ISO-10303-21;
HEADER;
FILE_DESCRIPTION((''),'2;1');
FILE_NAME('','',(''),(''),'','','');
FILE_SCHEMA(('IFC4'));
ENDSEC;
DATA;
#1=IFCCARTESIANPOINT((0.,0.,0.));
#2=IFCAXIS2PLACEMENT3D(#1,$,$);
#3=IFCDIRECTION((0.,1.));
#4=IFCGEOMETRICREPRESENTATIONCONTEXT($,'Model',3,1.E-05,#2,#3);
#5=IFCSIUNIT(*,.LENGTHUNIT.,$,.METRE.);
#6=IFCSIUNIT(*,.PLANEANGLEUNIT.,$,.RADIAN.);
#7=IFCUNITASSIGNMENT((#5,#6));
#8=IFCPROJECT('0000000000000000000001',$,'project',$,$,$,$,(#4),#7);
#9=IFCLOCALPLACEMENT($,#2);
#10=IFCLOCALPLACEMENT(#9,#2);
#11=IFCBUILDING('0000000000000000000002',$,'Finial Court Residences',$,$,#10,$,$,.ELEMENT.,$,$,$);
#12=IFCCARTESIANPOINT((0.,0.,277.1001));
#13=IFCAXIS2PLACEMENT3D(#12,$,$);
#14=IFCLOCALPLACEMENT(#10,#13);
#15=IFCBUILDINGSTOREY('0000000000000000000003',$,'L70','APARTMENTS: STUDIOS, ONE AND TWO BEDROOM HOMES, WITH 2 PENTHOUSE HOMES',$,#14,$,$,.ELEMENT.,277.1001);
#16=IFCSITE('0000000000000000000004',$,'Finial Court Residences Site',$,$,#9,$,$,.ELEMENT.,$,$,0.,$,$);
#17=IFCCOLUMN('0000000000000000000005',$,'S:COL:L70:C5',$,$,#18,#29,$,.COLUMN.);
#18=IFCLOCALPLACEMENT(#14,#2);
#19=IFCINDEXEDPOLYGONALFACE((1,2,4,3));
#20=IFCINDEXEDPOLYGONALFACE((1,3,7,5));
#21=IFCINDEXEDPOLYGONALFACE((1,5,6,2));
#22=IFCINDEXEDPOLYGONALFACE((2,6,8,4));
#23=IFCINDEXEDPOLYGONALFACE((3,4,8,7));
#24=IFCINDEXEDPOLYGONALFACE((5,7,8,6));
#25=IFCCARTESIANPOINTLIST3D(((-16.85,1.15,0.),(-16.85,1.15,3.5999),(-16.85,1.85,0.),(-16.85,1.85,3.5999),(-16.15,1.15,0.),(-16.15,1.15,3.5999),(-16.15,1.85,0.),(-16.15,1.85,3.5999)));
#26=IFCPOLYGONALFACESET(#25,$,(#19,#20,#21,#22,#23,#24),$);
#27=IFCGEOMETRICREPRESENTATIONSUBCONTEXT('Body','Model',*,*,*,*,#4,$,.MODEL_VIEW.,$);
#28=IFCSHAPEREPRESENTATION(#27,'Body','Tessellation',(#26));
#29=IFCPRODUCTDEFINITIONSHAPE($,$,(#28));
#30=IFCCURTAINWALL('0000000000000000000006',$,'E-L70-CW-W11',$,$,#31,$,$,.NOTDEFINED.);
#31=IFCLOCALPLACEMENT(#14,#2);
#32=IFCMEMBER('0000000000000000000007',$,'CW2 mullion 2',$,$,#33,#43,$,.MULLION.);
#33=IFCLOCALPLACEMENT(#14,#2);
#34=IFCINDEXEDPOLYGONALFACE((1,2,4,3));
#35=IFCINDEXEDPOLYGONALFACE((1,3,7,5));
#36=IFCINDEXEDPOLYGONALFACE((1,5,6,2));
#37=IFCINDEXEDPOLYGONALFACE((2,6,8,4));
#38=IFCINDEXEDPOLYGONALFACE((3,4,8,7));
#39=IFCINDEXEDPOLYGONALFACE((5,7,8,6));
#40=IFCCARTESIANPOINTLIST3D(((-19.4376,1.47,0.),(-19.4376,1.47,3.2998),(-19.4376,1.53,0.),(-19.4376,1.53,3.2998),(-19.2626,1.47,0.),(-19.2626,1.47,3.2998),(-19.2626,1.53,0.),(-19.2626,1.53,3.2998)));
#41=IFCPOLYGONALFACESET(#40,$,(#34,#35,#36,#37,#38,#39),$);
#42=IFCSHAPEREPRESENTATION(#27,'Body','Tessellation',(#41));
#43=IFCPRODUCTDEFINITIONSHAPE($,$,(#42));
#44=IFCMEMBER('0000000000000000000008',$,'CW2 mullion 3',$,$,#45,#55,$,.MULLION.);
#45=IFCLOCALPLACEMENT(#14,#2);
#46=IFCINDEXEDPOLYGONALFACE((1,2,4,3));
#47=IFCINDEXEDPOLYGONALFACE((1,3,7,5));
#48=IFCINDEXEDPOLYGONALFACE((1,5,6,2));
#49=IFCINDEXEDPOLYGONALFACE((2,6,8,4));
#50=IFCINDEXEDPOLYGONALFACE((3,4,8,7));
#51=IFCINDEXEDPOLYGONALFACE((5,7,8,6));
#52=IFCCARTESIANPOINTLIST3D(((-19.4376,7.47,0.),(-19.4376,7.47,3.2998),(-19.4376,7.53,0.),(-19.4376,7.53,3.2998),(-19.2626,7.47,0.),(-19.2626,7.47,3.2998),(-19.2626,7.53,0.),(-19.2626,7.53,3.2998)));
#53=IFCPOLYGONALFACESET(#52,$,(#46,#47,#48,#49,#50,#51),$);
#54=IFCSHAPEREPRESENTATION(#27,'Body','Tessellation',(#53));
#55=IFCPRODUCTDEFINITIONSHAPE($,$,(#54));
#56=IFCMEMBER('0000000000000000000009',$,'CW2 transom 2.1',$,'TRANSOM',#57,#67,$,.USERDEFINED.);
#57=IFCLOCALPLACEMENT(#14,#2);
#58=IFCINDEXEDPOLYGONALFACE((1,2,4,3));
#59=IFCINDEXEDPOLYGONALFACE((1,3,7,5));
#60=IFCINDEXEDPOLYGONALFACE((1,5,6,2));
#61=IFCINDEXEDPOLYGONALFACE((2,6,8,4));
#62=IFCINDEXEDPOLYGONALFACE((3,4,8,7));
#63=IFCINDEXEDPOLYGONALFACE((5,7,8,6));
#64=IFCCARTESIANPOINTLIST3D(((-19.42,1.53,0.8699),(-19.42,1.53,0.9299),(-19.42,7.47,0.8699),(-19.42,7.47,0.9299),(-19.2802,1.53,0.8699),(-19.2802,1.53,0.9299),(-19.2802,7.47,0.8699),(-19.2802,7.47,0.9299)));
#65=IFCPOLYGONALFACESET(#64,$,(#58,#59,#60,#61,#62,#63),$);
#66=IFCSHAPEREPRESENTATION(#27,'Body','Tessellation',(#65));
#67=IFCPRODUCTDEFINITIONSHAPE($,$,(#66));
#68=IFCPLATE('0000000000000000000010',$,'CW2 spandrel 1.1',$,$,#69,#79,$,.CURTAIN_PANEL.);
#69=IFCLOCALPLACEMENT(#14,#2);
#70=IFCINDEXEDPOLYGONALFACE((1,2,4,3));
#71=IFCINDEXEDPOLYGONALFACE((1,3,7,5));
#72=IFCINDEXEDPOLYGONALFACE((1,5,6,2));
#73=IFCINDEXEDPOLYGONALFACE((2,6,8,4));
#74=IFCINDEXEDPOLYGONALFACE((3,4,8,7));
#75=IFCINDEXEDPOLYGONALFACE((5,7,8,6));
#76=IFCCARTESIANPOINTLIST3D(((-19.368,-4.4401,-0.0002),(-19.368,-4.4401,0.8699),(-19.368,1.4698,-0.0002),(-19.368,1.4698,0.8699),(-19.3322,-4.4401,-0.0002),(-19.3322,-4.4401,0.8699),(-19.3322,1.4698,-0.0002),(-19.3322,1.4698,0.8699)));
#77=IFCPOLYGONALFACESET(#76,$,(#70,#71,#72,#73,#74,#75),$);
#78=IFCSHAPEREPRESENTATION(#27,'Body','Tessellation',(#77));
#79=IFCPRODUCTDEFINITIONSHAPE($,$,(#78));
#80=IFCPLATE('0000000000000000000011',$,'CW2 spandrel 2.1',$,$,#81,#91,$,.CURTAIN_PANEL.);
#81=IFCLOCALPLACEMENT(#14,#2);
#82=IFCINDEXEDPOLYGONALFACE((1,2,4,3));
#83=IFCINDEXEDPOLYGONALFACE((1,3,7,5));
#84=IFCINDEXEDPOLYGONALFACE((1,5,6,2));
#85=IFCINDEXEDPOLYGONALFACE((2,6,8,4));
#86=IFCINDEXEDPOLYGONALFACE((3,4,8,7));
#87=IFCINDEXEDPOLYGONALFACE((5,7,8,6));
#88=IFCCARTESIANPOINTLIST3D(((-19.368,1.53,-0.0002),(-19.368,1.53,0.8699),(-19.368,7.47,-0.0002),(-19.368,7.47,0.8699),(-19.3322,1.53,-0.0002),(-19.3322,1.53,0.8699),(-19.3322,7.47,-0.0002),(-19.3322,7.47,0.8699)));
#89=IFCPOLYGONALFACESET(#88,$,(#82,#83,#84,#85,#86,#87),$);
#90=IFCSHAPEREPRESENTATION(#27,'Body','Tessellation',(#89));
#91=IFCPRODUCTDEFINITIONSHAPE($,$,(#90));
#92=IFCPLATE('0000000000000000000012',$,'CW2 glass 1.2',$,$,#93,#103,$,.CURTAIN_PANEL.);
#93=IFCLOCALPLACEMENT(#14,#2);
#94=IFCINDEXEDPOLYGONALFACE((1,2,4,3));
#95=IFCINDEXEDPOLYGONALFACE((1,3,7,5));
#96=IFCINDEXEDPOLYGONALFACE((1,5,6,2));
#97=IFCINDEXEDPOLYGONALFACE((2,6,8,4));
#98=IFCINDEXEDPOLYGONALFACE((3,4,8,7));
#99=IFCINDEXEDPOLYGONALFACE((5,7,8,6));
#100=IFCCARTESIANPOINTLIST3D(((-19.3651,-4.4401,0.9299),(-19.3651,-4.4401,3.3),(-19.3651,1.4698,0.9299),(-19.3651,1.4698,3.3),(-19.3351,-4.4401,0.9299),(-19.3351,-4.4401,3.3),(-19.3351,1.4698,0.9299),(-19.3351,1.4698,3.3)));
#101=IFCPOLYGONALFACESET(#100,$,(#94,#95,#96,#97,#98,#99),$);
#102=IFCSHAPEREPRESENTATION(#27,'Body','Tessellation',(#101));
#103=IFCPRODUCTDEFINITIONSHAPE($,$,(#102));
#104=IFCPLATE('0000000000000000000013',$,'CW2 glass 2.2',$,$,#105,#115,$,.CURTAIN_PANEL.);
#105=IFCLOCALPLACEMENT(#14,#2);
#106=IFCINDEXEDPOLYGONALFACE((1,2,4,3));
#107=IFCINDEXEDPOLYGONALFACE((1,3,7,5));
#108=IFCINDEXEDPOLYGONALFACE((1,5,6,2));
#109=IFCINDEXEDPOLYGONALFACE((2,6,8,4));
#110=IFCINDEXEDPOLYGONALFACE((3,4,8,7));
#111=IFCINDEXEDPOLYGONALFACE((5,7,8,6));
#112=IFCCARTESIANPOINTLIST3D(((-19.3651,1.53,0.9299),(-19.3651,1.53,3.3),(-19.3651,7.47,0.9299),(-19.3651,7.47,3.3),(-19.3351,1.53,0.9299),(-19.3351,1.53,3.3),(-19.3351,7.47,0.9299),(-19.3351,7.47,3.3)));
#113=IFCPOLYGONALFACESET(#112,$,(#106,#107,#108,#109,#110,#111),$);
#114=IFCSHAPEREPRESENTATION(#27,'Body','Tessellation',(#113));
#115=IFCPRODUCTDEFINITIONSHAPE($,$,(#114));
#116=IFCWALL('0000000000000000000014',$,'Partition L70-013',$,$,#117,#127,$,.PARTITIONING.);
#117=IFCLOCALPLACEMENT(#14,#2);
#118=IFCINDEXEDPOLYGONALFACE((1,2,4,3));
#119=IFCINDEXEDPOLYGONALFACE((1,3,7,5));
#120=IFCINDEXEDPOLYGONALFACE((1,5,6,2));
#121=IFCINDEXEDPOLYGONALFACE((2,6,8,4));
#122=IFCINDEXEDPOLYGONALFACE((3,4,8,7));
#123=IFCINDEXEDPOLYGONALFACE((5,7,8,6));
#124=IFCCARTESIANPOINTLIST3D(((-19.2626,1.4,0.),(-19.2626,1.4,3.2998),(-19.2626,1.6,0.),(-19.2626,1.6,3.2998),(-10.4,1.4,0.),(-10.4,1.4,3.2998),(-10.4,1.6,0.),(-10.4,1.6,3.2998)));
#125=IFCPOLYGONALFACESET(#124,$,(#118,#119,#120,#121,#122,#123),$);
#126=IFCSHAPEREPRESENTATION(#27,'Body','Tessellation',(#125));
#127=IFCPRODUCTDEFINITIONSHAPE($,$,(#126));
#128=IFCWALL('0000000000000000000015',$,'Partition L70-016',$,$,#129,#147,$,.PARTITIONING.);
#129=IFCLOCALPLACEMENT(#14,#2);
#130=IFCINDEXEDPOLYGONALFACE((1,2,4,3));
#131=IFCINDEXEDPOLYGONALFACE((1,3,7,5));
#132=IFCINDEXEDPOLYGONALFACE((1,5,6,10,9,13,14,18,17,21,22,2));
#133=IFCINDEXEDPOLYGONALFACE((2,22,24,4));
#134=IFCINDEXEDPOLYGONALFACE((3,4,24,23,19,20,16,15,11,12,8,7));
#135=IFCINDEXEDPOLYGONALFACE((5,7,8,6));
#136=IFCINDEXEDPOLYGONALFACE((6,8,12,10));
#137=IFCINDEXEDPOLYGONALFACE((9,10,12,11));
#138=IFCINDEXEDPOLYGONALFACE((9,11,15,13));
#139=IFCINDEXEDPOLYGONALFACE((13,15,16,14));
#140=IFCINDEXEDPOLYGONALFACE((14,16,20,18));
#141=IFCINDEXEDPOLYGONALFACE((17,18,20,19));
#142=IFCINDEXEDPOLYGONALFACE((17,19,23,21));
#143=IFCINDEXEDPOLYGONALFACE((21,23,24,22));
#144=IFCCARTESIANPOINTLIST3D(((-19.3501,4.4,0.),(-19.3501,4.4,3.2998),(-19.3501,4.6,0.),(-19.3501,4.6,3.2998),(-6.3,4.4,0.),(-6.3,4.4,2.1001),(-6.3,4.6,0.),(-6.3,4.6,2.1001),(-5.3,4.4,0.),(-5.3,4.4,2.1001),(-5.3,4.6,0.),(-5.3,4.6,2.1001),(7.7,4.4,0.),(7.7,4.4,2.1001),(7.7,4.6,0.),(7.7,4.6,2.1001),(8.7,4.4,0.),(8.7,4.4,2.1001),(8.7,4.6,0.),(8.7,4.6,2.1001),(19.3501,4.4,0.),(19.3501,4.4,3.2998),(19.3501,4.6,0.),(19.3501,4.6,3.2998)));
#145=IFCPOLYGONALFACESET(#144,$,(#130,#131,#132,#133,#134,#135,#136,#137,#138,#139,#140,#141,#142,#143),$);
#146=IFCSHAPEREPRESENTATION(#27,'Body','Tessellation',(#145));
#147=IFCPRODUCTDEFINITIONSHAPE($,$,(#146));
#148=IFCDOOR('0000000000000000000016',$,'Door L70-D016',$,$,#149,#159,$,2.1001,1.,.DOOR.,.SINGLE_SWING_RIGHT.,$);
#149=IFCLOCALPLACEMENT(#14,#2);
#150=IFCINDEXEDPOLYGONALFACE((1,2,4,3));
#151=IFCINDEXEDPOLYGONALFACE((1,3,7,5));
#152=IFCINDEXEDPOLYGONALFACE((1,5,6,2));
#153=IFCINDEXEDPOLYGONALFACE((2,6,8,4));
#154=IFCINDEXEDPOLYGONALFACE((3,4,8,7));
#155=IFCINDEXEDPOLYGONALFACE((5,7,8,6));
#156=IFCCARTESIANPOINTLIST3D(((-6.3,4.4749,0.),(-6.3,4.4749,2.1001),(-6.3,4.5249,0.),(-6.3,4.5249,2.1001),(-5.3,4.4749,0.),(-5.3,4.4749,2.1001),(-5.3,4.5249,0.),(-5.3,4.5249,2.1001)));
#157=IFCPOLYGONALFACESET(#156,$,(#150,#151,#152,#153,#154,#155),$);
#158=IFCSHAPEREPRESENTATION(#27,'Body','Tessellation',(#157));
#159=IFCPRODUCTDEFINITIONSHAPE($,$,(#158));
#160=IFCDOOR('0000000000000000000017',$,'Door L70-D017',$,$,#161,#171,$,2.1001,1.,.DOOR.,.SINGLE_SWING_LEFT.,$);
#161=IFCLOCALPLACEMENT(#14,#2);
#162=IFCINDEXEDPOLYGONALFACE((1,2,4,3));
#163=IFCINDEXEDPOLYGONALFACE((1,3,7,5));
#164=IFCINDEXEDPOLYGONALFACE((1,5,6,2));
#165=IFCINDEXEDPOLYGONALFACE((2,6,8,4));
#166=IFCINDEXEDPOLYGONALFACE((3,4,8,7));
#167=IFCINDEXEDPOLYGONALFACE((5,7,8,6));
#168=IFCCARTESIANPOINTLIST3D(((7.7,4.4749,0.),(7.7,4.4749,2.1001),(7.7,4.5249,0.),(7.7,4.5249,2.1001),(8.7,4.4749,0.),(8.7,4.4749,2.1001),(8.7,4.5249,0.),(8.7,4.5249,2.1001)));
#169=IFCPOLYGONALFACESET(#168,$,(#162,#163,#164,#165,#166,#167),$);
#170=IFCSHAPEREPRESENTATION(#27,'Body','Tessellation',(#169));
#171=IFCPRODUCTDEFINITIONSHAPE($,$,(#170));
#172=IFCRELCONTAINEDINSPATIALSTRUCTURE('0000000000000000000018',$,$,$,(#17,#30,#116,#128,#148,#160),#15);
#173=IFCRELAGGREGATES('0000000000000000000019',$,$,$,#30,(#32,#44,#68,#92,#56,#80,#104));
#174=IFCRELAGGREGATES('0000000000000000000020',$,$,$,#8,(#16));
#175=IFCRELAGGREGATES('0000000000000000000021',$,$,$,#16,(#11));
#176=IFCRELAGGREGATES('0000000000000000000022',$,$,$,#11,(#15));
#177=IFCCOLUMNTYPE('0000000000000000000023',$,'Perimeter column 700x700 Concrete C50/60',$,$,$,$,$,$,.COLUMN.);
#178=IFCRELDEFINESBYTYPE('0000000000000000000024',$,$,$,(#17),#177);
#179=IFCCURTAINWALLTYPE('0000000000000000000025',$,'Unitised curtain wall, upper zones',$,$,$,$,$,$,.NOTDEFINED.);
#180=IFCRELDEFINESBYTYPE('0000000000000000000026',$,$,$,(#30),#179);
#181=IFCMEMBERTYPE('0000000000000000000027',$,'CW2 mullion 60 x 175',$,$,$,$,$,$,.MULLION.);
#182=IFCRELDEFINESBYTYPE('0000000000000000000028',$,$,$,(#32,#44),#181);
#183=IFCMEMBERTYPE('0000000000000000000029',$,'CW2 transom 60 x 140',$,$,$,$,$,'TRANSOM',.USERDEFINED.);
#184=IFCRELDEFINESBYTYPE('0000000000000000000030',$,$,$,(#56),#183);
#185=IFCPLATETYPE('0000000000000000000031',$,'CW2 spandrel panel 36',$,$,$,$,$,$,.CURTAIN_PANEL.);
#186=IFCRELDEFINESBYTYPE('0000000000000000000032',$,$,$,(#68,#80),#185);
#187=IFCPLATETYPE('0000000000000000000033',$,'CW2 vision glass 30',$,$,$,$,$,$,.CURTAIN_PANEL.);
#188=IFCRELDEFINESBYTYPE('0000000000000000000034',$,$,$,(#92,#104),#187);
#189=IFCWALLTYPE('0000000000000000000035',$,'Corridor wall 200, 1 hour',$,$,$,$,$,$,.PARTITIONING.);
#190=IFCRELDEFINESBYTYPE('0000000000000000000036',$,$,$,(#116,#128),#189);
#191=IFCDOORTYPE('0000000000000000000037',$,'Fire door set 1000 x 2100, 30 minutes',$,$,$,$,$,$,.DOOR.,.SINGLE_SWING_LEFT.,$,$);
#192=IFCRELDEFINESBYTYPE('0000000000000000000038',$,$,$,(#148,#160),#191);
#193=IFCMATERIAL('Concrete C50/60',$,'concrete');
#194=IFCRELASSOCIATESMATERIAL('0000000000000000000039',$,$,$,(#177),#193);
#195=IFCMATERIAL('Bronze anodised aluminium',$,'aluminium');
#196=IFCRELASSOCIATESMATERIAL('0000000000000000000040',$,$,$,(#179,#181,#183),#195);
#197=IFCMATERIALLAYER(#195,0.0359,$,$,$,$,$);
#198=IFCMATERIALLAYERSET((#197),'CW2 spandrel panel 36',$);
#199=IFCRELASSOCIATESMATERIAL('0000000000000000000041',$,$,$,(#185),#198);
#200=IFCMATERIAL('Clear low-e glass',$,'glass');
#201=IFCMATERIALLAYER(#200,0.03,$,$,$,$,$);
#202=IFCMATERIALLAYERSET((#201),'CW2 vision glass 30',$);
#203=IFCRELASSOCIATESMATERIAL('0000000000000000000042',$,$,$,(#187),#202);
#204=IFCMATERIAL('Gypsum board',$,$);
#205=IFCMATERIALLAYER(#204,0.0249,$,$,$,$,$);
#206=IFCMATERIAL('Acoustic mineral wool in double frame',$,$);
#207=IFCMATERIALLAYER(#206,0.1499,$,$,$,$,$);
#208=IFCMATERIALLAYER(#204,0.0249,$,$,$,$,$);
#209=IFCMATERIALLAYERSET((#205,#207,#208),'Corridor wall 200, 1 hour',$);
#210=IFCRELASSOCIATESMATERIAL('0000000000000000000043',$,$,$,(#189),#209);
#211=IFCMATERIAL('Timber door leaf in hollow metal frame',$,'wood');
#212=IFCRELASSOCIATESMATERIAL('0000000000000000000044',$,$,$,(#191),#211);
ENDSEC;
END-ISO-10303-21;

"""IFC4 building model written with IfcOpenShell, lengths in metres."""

from ifc_helpers import new_model, si_unit, direction, frame, frame_2d, origin, origin_2d, place, context, subcontext, project, spatial, rectangle, extrude, material, layer, layer_set, material_profile, profile_set, type_object, element, fill, aggregate, save


model = new_model("IFC4")

# Units and contexts
model_context = context("Model", 3, precision=1e-05, world=origin(), true_north=direction((0.0, 1.0)))
body_context = subcontext(model_context, "Body", "Model", "MODEL_VIEW")
ifc_project = project(units=[si_unit("LENGTHUNIT", "METRE"), si_unit("PLANEANGLEUNIT", "RADIAN")], contexts=[model_context])

# Site, building, storey
site_placement = place(None, origin())
site = spatial("IfcSite", under=ifc_project, at=site_placement, Name="Finial Court Residences Site", CompositionType="ELEMENT", RefElevation=0.0)
building_placement = place(site_placement, origin())
building = spatial("IfcBuilding", under=site, at=building_placement, Name="Finial Court Residences", CompositionType="ELEMENT")
storey_placement = place(building_placement, frame((0.0, 0.0, 277.1001)))
storey = spatial("IfcBuildingStorey", under=building, at=storey_placement, Name="L70", Description="APARTMENTS: STUDIOS, ONE AND TWO BEDROOM HOMES, WITH 2 PENTHOUSE HOMES", CompositionType="ELEMENT", Elevation=277.1001)

# Column
ifc_material_1 = material(Name="Concrete C50/60", Category="concrete")
ifc_material_profile_1 = material_profile(ifc_material_1, rectangle(XDim=0.7, YDim=0.7, at=origin_2d()), Name="700x700")
ifc_profile_set_1 = profile_set([ifc_material_profile_1], Name="Concrete C50/60")
column_type = type_object("IfcColumnType", Name="Perimeter column 700x700 Concrete C50/60", PredefinedType="COLUMN", material=ifc_profile_set_1)
column_placement = place(storey_placement, frame((-16.5, 1.5, 0.0), z_axis=(0.0, 0.0, 1.0), x_axis=(1.0, 0.0, 0.0)))
element("IfcColumn", 1, at=column_placement, inside=storey, type_object=column_type, Name="S:COL:L70:C5", PredefinedType="COLUMN", context=body_context, shape_type="SweptSolid", body=[
    extrude(rectangle(XDim=0.7, YDim=0.7, at=origin_2d()), origin(), (0.0, 0.0, 1.0), 3.5999),
])

# Curtain wall, members, plates
ifc_material_2 = material(Name="Bronze anodised aluminium", Category="aluminium")
curtain_wall_type = type_object("IfcCurtainWallType", Name="Unitised curtain wall, upper zones", PredefinedType="NOTDEFINED", material=ifc_material_2)
curtain_wall_placement = place(storey_placement, origin())
curtain_wall = element("IfcCurtainWall", 2, at=curtain_wall_placement, inside=storey, type_object=curtain_wall_type, Name="E-L70-CW-W11", PredefinedType="NOTDEFINED")
ifc_material_profile_2 = material_profile(ifc_material_2, rectangle(XDim=0.175, YDim=0.0601, at=origin_2d()), Name="CW2 mullion 60 x 175")
ifc_profile_set_2 = profile_set([ifc_material_profile_2], Name="Bronze anodised aluminium")
member_type_1 = type_object("IfcMemberType", Name="CW2 mullion 60 x 175", PredefinedType="MULLION", material=ifc_profile_set_2)
member_1_placement = place(storey_placement, frame((-19.3501, 1.5, 0.0), z_axis=(0.0, 0.0, 1.0), x_axis=(-1.0, 0.0, 0.0)))
member_1 = element("IfcMember", 3, at=member_1_placement, type_object=member_type_1, Name="CW2 mullion 2", PredefinedType="MULLION", context=body_context, shape_type="SweptSolid", body=[
    extrude(rectangle(XDim=0.175, YDim=0.0601, at=origin_2d()), origin(), (0.0, 0.0, 1.0), 3.2998),
])
member_2_placement = place(storey_placement, frame((-19.3501, 7.5, 0.0), z_axis=(0.0, 0.0, 1.0), x_axis=(-1.0, 0.0, 0.0)))
member_2 = element("IfcMember", 4, at=member_2_placement, type_object=member_type_1, Name="CW2 mullion 3", PredefinedType="MULLION", context=body_context, shape_type="SweptSolid", body=[
    extrude(rectangle(XDim=0.175, YDim=0.0601, at=origin_2d()), origin(), (0.0, 0.0, 1.0), 3.2998),
])
ifc_material_profile_3 = material_profile(ifc_material_2, rectangle(XDim=0.1399, YDim=0.0601, at=origin_2d()), Name="CW2 transom 60 x 140")
ifc_profile_set_3 = profile_set([ifc_material_profile_3], Name="Bronze anodised aluminium")
member_type_2 = type_object("IfcMemberType", Name="CW2 transom 60 x 140", ElementType="TRANSOM", PredefinedType="USERDEFINED", material=ifc_profile_set_3)
member_3_placement = place(storey_placement, frame((-19.3501, 1.53, 0.8999), z_axis=(0.0, 1.0, 0.0), x_axis=(-1.0, 0.0, 0.0)))
member_3 = element("IfcMember", 5, at=member_3_placement, type_object=member_type_2, Name="CW2 transom 2.1", ObjectType="TRANSOM", PredefinedType="USERDEFINED", context=body_context, shape_type="SweptSolid", body=[
    extrude(rectangle(XDim=0.1399, YDim=0.0601, at=origin_2d()), origin(), (0.0, 0.0, 1.0), 5.9399),
])
ifc_layer_1 = layer(ifc_material_2, 0.0359)
ifc_layer_set_1 = layer_set([ifc_layer_1], Name="CW2 spandrel panel 36")
plate_type_1 = type_object("IfcPlateType", Name="CW2 spandrel panel 36", PredefinedType="CURTAIN_PANEL", material=ifc_layer_set_1)
plate_1_placement = place(storey_placement, frame((-19.3501, -1.4851, -0.0002), z_axis=(0.0, 0.0, 1.0), x_axis=(0.0, 1.0, 0.0)))
plate_1 = element("IfcPlate", 6, at=plate_1_placement, type_object=plate_type_1, Name="CW2 spandrel 1.1", PredefinedType="CURTAIN_PANEL", context=body_context, shape_type="SweptSolid", body=[
    extrude(rectangle(XDim=5.9099, YDim=0.0359, at=origin_2d()), origin(), (0.0, 0.0, 1.0), 0.8701),
])
plate_2_placement = place(storey_placement, frame((-19.3501, 4.5, -0.0002), z_axis=(0.0, 0.0, 1.0), x_axis=(0.0, 1.0, 0.0)))
plate_2 = element("IfcPlate", 7, at=plate_2_placement, type_object=plate_type_1, Name="CW2 spandrel 2.1", PredefinedType="CURTAIN_PANEL", context=body_context, shape_type="SweptSolid", body=[
    extrude(rectangle(XDim=5.9399, YDim=0.0359, at=origin_2d()), origin(), (0.0, 0.0, 1.0), 0.8701),
])
ifc_material_3 = material(Name="Clear low-e glass", Category="glass")
ifc_layer_2 = layer(ifc_material_3, 0.03)
ifc_layer_set_2 = layer_set([ifc_layer_2], Name="CW2 vision glass 30")
plate_type_2 = type_object("IfcPlateType", Name="CW2 vision glass 30", PredefinedType="CURTAIN_PANEL", material=ifc_layer_set_2)
plate_3_placement = place(storey_placement, frame((-19.3501, -1.4851, 0.9299), z_axis=(0.0, 0.0, 1.0), x_axis=(0.0, 1.0, 0.0)))
plate_3 = element("IfcPlate", 8, at=plate_3_placement, type_object=plate_type_2, Name="CW2 glass 1.2", PredefinedType="CURTAIN_PANEL", context=body_context, shape_type="SweptSolid", body=[
    extrude(rectangle(XDim=5.9099, YDim=0.03, at=origin_2d()), origin(), (0.0, 0.0, 1.0), 2.3701),
])
plate_4_placement = place(storey_placement, frame((-19.3501, 4.5, 0.9299), z_axis=(0.0, 0.0, 1.0), x_axis=(0.0, 1.0, 0.0)))
plate_4 = element("IfcPlate", 9, at=plate_4_placement, type_object=plate_type_2, Name="CW2 glass 2.2", PredefinedType="CURTAIN_PANEL", context=body_context, shape_type="SweptSolid", body=[
    extrude(rectangle(XDim=5.9399, YDim=0.03, at=origin_2d()), origin(), (0.0, 0.0, 1.0), 2.3701),
])
aggregate(curtain_wall, [member_1, member_2, plate_1, plate_3, member_3, plate_2, plate_4])

# Wall
ifc_material_4 = material(Name="Gypsum board")
ifc_layer_3 = layer(ifc_material_4, 0.0249)
ifc_material_5 = material(Name="Acoustic mineral wool in double frame")
ifc_layer_4 = layer(ifc_material_5, 0.1499)
ifc_layer_5 = layer(ifc_material_4, 0.0249)
ifc_layer_set_3 = layer_set([ifc_layer_3, ifc_layer_4, ifc_layer_5], Name="Corridor wall 200, 1 hour")
wall_type_1 = type_object("IfcWallType", Name="Corridor wall 200, 1 hour", PredefinedType="PARTITIONING", material=ifc_layer_set_3)
wall_1_placement = place(storey_placement, frame((-19.2625, 1.5, 0.0), z_axis=(0.0, 0.0, 1.0), x_axis=(1.0, 0.0, 0.0)))
element("IfcWall", 10, at=wall_1_placement, inside=storey, type_object=wall_type_1, Name="Partition L70-013", PredefinedType="PARTITIONING", context=body_context, shape_type="SweptSolid", body=[
    extrude(rectangle(XDim=8.8625, YDim=0.2, at=frame_2d((4.4312, 0.0))), origin(), (0.0, 0.0, 1.0), 3.2998),
])

# Wall, openings, doors
wall_2_placement = place(storey_placement, frame((-19.3501, 4.5, 0.0), z_axis=(0.0, 0.0, 1.0), x_axis=(1.0, 0.0, 0.0)))
wall_2 = element("IfcWall", 11, at=wall_2_placement, inside=storey, type_object=wall_type_1, Name="Partition L70-016", PredefinedType="PARTITIONING", context=body_context, shape_type="SweptSolid", body=[
    extrude(rectangle(XDim=38.7002, YDim=0.2, at=frame_2d((19.3501, 0.0))), origin(), (0.0, 0.0, 1.0), 3.2998),
])
opening_1_placement = place(wall_2_placement, frame((13.05, 0.0, 0.0)))
opening_1 = element("IfcOpeningElement", 12, at=opening_1_placement, cuts=wall_2, PredefinedType="OPENING", context=body_context, shape_type="SweptSolid", body=[
    extrude(rectangle(XDim=1.0, YDim=2.1001, at=frame_2d((0.5, 1.05))), frame((0.0, 0.1099, 0.0), z_axis=(0.0, -1.0, 0.0), x_axis=(1.0, 0.0, 0.0)), (0.0, 0.0, 1.0), 0.22),
])
opening_2_placement = place(wall_2_placement, frame((27.05, 0.0, 0.0)))
opening_2 = element("IfcOpeningElement", 13, at=opening_2_placement, cuts=wall_2, PredefinedType="OPENING", context=body_context, shape_type="SweptSolid", body=[
    extrude(rectangle(XDim=1.0, YDim=2.1001, at=frame_2d((0.5, 1.05))), frame((0.0, 0.1099, 0.0), z_axis=(0.0, -1.0, 0.0), x_axis=(1.0, 0.0, 0.0)), (0.0, 0.0, 1.0), 0.22),
])
ifc_material_6 = material(Name="Timber door leaf in hollow metal frame", Category="wood")
door_type_1 = type_object("IfcDoorType", Name="Fire door set 1000 x 2100, 30 minutes", OperationType="SINGLE_SWING_LEFT", PredefinedType="DOOR", material=ifc_material_6)
door_1_placement = place(opening_1_placement, origin())
door_1 = element("IfcDoor", 14, at=door_1_placement, inside=storey, type_object=door_type_1, Name="Door L70-D016", OperationType="SINGLE_SWING_RIGHT", OverallHeight=2.1001, OverallWidth=1.0, PredefinedType="DOOR", context=body_context, shape_type="SweptSolid", body=[
    extrude(rectangle(XDim=1.0, YDim=2.1001, at=frame_2d((0.5, 1.05))), frame((0.0, 0.0249, 0.0), z_axis=(0.0, -1.0, 0.0), x_axis=(1.0, 0.0, 0.0)), (0.0, 0.0, 1.0), 0.05),
])
fill(opening_1, door_1)
door_2_placement = place(opening_2_placement, origin())
door_2 = element("IfcDoor", 15, at=door_2_placement, inside=storey, type_object=door_type_1, Name="Door L70-D017", OperationType="SINGLE_SWING_LEFT", OverallHeight=2.1001, OverallWidth=1.0, PredefinedType="DOOR", context=body_context, shape_type="SweptSolid", body=[
    extrude(rectangle(XDim=1.0, YDim=2.1001, at=frame_2d((0.5, 1.05))), frame((0.0, 0.0249, 0.0), z_axis=(0.0, -1.0, 0.0), x_axis=(1.0, 0.0, 0.0)), (0.0, 0.0, 1.0), 0.05),
])
fill(opening_2, door_2)

save(model, "model.ifc")
